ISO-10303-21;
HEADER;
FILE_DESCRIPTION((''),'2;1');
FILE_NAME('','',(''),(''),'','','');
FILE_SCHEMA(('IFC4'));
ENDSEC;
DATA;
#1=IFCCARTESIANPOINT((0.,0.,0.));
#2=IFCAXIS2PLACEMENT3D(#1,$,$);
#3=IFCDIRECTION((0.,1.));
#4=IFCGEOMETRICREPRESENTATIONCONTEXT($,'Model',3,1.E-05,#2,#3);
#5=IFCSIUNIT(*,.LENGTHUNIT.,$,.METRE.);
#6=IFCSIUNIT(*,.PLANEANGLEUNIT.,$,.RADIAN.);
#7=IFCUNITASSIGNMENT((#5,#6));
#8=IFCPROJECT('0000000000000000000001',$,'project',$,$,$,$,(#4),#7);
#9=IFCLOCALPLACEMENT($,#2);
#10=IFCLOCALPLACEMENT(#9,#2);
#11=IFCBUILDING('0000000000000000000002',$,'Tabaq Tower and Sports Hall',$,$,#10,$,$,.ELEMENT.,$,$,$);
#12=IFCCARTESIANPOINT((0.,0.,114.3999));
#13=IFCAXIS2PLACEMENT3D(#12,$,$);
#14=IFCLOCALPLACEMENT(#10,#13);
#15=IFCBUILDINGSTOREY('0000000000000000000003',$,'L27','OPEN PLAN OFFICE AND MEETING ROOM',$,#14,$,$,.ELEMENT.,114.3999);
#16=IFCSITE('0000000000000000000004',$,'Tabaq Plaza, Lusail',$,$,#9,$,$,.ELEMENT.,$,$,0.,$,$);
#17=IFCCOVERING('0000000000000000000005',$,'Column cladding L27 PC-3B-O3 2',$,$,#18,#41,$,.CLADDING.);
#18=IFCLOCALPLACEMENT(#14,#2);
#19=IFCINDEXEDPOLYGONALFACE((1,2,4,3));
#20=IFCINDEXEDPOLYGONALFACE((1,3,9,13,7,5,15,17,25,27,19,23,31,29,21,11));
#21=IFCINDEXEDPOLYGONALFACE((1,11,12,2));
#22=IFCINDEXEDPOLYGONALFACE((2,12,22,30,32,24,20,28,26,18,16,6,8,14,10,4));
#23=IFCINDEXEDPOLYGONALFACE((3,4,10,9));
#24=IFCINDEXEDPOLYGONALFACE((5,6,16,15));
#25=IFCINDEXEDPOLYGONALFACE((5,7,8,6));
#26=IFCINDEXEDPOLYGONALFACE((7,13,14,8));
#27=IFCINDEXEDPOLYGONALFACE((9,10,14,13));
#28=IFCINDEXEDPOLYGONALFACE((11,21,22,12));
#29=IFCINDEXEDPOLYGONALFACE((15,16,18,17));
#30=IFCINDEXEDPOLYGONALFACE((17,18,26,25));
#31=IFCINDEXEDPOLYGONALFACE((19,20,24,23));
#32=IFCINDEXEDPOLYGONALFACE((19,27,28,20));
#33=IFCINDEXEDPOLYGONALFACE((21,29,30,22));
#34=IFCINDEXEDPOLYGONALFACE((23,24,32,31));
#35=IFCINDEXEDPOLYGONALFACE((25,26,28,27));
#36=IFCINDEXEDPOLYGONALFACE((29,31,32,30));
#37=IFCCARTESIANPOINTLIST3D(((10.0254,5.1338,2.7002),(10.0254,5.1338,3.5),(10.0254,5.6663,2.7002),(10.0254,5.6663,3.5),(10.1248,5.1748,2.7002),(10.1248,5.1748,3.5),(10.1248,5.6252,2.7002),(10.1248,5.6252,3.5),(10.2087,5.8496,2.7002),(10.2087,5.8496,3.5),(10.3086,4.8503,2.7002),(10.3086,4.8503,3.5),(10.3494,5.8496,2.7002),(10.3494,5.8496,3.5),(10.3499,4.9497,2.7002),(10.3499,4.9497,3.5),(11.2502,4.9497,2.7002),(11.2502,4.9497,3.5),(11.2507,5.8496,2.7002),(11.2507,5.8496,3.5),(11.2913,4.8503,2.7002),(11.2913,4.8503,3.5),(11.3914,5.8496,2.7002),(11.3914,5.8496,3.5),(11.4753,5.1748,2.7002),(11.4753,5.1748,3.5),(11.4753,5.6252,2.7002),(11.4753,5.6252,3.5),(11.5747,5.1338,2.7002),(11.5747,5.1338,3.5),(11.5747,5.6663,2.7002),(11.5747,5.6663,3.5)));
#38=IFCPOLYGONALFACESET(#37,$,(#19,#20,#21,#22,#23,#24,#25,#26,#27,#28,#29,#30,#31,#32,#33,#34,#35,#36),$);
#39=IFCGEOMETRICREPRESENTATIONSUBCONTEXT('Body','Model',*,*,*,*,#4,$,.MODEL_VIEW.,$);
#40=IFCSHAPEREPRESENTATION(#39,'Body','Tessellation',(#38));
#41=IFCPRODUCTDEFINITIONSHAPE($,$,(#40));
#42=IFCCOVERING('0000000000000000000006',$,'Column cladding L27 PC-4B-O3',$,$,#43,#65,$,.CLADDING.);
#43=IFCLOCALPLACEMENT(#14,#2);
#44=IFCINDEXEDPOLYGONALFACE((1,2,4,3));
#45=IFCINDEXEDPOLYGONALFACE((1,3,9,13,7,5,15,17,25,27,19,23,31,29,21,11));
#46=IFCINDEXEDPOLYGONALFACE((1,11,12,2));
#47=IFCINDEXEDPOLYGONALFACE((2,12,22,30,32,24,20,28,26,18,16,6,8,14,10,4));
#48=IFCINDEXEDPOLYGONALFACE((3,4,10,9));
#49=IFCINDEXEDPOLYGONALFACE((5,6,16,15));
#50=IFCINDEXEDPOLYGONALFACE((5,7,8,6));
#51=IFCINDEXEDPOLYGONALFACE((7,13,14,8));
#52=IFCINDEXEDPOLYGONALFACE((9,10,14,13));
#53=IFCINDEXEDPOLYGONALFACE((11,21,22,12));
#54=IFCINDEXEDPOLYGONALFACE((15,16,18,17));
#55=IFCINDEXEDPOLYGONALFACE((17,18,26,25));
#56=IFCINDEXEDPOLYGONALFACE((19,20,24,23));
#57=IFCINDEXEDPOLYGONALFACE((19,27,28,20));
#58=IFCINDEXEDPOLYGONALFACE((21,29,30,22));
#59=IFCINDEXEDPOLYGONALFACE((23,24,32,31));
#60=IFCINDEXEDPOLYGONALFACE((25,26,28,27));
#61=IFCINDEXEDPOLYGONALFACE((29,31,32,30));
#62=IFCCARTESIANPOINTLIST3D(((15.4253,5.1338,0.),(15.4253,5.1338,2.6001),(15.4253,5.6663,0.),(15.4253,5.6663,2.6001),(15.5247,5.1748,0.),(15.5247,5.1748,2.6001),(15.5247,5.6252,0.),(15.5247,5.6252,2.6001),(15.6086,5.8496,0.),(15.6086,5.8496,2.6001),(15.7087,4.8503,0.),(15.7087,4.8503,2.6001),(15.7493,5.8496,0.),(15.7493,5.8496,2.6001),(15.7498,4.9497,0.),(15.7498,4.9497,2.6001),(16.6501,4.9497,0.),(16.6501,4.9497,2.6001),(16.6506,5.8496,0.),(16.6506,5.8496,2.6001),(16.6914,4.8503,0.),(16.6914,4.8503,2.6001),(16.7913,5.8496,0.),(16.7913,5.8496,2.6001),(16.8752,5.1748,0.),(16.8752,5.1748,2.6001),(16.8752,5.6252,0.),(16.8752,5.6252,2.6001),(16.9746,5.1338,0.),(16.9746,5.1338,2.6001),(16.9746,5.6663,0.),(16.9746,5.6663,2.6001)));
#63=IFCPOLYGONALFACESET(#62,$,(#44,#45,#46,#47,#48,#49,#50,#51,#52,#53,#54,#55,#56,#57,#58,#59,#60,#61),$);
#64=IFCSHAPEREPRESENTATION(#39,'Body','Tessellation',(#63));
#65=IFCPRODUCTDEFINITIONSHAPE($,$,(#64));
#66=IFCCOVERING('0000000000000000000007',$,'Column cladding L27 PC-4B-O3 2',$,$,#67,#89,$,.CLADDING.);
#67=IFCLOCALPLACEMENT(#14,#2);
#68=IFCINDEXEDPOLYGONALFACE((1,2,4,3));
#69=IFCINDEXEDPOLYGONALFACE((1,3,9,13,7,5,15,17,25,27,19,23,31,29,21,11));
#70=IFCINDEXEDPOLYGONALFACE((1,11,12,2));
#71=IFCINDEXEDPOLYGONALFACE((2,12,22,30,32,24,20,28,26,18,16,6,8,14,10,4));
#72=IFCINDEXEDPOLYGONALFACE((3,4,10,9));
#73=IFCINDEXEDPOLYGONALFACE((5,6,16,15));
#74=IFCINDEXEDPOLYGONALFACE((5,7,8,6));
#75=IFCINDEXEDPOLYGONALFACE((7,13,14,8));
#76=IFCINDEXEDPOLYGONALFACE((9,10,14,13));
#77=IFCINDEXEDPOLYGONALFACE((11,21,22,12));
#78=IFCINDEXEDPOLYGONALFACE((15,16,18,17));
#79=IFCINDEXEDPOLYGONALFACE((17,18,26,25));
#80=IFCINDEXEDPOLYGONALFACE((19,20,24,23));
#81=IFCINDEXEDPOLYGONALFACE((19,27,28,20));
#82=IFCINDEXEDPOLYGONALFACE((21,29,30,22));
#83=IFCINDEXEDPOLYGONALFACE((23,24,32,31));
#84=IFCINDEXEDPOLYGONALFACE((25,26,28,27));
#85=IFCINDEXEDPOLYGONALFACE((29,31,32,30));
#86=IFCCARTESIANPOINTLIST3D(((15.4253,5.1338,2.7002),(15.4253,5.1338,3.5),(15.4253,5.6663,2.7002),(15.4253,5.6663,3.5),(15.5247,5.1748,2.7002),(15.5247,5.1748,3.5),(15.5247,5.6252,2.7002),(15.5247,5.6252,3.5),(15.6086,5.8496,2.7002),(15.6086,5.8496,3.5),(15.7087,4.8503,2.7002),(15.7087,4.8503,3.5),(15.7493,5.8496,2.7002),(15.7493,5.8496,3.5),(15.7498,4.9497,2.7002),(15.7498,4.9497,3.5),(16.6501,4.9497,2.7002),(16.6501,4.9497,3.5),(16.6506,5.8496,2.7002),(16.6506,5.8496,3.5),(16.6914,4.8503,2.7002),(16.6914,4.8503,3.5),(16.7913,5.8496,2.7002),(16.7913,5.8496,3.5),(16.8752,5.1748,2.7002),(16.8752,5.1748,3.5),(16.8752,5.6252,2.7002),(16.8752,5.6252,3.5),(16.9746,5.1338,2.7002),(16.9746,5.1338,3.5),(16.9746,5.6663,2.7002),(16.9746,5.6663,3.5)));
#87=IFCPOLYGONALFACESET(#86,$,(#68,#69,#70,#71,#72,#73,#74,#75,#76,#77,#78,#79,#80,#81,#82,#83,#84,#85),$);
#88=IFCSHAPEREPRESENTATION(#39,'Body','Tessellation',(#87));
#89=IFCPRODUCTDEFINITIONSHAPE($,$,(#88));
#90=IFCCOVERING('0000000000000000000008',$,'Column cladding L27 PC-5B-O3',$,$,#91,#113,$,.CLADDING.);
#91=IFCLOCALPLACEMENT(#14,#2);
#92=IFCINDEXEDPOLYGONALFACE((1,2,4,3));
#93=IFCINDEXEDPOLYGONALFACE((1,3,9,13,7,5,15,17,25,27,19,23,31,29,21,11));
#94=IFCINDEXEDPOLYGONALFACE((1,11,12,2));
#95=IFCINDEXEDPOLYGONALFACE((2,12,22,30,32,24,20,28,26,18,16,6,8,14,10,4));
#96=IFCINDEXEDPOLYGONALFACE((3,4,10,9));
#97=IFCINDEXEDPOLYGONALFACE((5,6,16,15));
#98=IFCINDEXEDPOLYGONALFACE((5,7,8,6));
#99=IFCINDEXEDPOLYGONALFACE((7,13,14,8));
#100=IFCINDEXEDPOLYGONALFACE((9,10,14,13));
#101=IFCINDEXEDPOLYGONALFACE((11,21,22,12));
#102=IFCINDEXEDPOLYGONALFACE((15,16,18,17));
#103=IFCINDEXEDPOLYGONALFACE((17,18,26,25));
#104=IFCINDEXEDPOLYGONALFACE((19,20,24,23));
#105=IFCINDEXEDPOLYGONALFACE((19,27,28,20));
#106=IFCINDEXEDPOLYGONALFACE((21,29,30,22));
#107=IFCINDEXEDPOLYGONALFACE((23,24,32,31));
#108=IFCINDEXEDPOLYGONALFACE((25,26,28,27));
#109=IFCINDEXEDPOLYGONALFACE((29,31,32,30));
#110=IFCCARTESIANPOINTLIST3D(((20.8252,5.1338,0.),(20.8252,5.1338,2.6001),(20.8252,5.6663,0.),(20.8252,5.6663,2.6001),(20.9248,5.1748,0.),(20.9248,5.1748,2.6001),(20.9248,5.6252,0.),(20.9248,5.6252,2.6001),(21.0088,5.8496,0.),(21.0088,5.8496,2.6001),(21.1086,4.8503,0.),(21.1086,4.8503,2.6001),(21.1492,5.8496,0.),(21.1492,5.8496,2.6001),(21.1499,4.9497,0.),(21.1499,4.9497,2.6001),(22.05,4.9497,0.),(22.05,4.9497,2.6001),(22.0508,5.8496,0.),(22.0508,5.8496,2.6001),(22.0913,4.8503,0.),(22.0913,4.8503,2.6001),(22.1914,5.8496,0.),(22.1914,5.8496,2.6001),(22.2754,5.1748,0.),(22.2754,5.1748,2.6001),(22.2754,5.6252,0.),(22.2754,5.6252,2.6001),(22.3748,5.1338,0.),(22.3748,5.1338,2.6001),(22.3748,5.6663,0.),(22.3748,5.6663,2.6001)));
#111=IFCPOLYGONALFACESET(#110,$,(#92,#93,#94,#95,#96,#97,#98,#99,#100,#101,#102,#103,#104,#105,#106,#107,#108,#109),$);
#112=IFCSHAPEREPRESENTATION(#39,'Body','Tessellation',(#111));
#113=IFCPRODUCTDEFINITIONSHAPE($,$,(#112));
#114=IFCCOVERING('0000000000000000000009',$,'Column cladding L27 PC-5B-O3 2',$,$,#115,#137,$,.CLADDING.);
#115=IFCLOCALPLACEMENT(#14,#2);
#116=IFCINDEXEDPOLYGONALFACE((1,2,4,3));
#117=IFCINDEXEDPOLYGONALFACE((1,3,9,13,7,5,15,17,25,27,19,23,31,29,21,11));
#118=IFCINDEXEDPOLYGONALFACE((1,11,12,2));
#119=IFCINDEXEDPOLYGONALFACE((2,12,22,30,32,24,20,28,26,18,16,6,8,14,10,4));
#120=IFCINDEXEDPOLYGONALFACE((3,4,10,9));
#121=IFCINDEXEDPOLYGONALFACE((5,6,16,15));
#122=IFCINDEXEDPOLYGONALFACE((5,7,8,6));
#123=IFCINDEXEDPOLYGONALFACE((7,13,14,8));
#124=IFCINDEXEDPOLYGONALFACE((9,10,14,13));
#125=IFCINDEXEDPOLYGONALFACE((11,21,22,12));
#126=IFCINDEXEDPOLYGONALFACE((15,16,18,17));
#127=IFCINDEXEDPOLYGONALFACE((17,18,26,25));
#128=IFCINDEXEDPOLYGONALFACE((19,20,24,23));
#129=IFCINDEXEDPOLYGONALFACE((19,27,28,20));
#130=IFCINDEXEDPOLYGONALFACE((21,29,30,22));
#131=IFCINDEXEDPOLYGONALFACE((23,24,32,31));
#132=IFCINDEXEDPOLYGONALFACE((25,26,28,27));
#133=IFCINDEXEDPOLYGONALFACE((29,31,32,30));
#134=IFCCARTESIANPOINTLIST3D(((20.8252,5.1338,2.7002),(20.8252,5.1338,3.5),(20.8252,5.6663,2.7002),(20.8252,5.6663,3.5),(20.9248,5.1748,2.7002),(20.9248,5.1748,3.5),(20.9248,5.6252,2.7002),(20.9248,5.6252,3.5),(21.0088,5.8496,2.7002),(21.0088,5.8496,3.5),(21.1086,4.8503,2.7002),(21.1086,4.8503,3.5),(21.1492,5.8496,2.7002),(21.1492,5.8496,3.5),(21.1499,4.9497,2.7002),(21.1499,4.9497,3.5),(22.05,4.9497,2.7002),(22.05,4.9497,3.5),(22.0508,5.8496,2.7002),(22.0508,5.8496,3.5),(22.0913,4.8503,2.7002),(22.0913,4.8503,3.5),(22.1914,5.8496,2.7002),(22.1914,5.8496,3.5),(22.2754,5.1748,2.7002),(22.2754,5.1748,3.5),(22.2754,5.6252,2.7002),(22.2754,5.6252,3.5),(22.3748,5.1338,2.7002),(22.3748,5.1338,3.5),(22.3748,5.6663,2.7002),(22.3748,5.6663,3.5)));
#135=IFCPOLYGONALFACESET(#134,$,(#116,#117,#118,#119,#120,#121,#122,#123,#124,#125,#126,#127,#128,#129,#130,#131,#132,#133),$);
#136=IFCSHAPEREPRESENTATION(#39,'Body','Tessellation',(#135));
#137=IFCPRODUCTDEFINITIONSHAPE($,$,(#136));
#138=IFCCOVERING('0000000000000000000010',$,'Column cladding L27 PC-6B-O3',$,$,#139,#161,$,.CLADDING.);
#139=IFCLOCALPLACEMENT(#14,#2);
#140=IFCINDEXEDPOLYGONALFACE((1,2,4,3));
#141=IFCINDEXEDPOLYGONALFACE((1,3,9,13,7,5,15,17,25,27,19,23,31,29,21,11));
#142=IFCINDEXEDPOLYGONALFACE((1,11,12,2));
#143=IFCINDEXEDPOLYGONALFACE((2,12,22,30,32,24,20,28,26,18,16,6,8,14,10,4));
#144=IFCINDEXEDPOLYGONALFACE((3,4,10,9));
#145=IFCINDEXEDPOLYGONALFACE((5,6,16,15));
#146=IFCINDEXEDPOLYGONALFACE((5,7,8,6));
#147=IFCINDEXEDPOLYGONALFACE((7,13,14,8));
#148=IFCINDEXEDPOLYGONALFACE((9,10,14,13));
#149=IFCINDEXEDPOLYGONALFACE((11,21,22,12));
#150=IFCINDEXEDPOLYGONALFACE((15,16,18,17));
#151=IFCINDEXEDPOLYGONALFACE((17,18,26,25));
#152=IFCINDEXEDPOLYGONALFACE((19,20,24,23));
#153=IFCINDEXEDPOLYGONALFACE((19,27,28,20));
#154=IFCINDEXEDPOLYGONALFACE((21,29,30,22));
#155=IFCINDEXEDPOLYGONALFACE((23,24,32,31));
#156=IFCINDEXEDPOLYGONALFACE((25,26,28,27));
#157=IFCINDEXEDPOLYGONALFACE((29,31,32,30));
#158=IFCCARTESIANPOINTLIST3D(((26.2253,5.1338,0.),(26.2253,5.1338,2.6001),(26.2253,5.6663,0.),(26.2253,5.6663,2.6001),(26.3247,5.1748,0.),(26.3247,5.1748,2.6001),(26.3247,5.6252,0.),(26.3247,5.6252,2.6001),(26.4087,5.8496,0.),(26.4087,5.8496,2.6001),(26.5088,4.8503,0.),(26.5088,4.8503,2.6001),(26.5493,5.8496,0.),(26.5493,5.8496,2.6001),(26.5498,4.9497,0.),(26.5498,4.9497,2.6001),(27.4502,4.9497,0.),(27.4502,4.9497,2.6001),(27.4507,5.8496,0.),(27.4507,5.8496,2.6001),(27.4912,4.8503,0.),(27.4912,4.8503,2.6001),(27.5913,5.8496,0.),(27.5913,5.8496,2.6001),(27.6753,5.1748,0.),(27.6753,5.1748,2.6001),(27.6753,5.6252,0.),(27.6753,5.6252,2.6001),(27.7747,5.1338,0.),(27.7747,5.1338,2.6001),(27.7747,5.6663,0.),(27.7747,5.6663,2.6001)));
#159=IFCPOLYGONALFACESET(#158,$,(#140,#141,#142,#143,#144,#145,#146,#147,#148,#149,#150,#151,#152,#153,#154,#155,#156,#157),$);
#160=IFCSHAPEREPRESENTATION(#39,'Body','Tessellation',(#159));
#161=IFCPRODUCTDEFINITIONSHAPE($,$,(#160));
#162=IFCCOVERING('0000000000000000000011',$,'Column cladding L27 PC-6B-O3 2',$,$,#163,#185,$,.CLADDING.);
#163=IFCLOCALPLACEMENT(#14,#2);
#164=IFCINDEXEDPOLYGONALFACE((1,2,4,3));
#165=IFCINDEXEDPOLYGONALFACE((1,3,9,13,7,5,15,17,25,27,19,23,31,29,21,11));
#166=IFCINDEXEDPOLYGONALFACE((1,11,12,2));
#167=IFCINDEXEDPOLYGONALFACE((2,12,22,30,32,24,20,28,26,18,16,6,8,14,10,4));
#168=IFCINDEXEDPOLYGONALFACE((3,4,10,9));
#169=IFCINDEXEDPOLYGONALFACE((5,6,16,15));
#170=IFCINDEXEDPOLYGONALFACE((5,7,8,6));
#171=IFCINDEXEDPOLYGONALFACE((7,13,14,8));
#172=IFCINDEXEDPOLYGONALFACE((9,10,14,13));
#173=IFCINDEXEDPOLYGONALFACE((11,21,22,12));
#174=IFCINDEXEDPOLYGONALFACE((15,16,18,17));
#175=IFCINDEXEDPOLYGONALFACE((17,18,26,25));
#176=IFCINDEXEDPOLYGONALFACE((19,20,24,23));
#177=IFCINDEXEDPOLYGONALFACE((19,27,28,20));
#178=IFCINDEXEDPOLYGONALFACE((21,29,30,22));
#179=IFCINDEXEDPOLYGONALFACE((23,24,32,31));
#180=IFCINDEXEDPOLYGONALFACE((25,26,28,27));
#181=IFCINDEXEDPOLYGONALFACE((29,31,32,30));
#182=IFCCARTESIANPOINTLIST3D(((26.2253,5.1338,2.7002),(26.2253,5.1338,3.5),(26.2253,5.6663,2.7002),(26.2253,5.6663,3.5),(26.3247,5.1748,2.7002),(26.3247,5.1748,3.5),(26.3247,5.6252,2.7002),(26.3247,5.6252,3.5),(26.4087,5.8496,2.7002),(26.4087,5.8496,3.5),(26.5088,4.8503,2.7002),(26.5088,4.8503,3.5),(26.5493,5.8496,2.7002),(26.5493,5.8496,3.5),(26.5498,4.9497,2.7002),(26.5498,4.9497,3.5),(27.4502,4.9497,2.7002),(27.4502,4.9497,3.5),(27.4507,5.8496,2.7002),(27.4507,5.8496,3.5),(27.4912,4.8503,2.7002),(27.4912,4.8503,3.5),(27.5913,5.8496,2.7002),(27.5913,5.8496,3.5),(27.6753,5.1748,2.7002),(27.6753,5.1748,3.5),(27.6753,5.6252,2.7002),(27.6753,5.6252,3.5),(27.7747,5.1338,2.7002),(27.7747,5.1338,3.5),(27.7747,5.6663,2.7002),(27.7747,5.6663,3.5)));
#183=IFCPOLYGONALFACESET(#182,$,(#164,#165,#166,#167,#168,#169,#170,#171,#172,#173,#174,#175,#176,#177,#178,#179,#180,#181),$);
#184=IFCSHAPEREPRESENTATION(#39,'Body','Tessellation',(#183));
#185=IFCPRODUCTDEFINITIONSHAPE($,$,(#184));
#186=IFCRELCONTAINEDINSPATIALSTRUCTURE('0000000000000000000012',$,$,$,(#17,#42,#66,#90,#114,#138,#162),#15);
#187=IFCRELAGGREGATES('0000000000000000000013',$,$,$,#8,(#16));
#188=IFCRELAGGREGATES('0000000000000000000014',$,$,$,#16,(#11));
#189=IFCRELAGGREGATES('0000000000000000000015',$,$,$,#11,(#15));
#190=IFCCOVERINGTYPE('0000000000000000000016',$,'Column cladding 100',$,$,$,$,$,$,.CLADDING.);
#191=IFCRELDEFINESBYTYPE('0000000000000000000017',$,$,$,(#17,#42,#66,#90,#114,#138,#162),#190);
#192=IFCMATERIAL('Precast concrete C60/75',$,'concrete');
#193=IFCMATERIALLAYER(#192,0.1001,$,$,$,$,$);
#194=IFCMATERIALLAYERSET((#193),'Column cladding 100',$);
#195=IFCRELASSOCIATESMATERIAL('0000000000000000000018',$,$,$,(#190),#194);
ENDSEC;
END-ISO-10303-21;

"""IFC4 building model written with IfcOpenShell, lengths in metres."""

from ifc_helpers import new_model, si_unit, direction, frame, origin, place, context, subcontext, project, spatial, polyline, outline, extrude, material, layer, layer_set, type_object, element, save


model = new_model("IFC4")

# Units and contexts
model_context = context("Model", 3, precision=1e-05, world=origin(), true_north=direction((0.0, 1.0)))
body_context = subcontext(model_context, "Body", "Model", "MODEL_VIEW")
ifc_project = project(units=[si_unit("LENGTHUNIT", "METRE"), si_unit("PLANEANGLEUNIT", "RADIAN")], contexts=[model_context])

# Site, building, storey
site_placement = place(None, origin())
site = spatial("IfcSite", under=ifc_project, at=site_placement, Name="Tabaq Plaza, Lusail", CompositionType="ELEMENT", RefElevation=0.0)
building_placement = place(site_placement, origin())
building = spatial("IfcBuilding", under=site, at=building_placement, Name="Tabaq Tower and Sports Hall", CompositionType="ELEMENT")
storey_placement = place(building_placement, frame((0.0, 0.0, 114.3999)))
storey = spatial("IfcBuildingStorey", under=building, at=storey_placement, Name="L27", Description="OPEN PLAN OFFICE AND MEETING ROOM", CompositionType="ELEMENT", Elevation=114.3999)

# Coverings
ifc_material_1 = material(Name="Precast concrete C60/75", Category="concrete")
ifc_layer_1 = layer(ifc_material_1, 0.1001)
ifc_layer_set_1 = layer_set([ifc_layer_1], Name="Column cladding 100")
covering_type = type_object("IfcCoveringType", Name="Column cladding 100", PredefinedType="CLADDING", material=ifc_layer_set_1)
covering_1_placement = place(storey_placement, frame((0.0, 0.0, 2.7002)))
element("IfcCovering", 1, at=covering_1_placement, inside=storey, type_object=covering_type, Name="Column cladding L27 PC-3B-O3 2", PredefinedType="CLADDING", context=body_context, shape_type="SweptSolid", body=[
    extrude(outline(polyline([(10.0254, 5.6663), (10.2087, 5.8496), (10.3494, 5.8496), (10.1248, 5.6252), (10.1248, 5.1748), (10.3499, 4.9497), (11.2502, 4.9497), (11.4753, 5.1748), (11.4753, 5.6252), (11.2507, 5.8496), (11.3914, 5.8496), (11.5747, 5.6663), (11.5747, 5.1338), (11.2913, 4.8503), (10.3086, 4.8503), (10.0254, 5.1338), (10.0254, 5.6663)])), origin(), (0.0, 0.0, 1.0), 0.7998),
])
covering_2_placement = place(storey_placement, origin())
element("IfcCovering", 2, at=covering_2_placement, inside=storey, type_object=covering_type, Name="Column cladding L27 PC-4B-O3", PredefinedType="CLADDING", context=body_context, shape_type="SweptSolid", body=[
    extrude(outline(polyline([(15.4253, 5.6663), (15.6086, 5.8496), (15.7493, 5.8496), (15.5247, 5.6252), (15.5247, 5.1748), (15.7498, 4.9497), (16.6501, 4.9497), (16.8752, 5.1748), (16.8752, 5.6252), (16.6506, 5.8496), (16.7913, 5.8496), (16.9746, 5.6663), (16.9746, 5.1338), (16.6914, 4.8503), (15.7087, 4.8503), (15.4253, 5.1338), (15.4253, 5.6663)])), origin(), (0.0, 0.0, 1.0), 2.6001),
])
covering_3_placement = place(storey_placement, frame((0.0, 0.0, 2.7002)))
element("IfcCovering", 3, at=covering_3_placement, inside=storey, type_object=covering_type, Name="Column cladding L27 PC-4B-O3 2", PredefinedType="CLADDING", context=body_context, shape_type="SweptSolid", body=[
    extrude(outline(polyline([(15.4253, 5.6663), (15.6086, 5.8496), (15.7493, 5.8496), (15.5247, 5.6252), (15.5247, 5.1748), (15.7498, 4.9497), (16.6501, 4.9497), (16.8752, 5.1748), (16.8752, 5.6252), (16.6506, 5.8496), (16.7913, 5.8496), (16.9746, 5.6663), (16.9746, 5.1338), (16.6914, 4.8503), (15.7087, 4.8503), (15.4253, 5.1338), (15.4253, 5.6663)])), origin(), (0.0, 0.0, 1.0), 0.7998),
])
covering_4_placement = place(storey_placement, origin())
element("IfcCovering", 4, at=covering_4_placement, inside=storey, type_object=covering_type, Name="Column cladding L27 PC-5B-O3", PredefinedType="CLADDING", context=body_context, shape_type="SweptSolid", body=[
    extrude(outline(polyline([(20.8252, 5.6663), (21.0088, 5.8496), (21.1492, 5.8496), (20.9248, 5.6252), (20.9248, 5.1748), (21.1499, 4.9497), (22.05, 4.9497), (22.2754, 5.1748), (22.2754, 5.6252), (22.0508, 5.8496), (22.1914, 5.8496), (22.3748, 5.6663), (22.3748, 5.1338), (22.0913, 4.8503), (21.1086, 4.8503), (20.8252, 5.1338), (20.8252, 5.6663)])), origin(), (0.0, 0.0, 1.0), 2.6001),
])
covering_5_placement = place(storey_placement, frame((0.0, 0.0, 2.7002)))
element("IfcCovering", 5, at=covering_5_placement, inside=storey, type_object=covering_type, Name="Column cladding L27 PC-5B-O3 2", PredefinedType="CLADDING", context=body_context, shape_type="SweptSolid", body=[
    extrude(outline(polyline([(20.8252, 5.6663), (21.0088, 5.8496), (21.1492, 5.8496), (20.9248, 5.6252), (20.9248, 5.1748), (21.1499, 4.9497), (22.05, 4.9497), (22.2754, 5.1748), (22.2754, 5.6252), (22.0508, 5.8496), (22.1914, 5.8496), (22.3748, 5.6663), (22.3748, 5.1338), (22.0913, 4.8503), (21.1086, 4.8503), (20.8252, 5.1338), (20.8252, 5.6663)])), origin(), (0.0, 0.0, 1.0), 0.7998),
])
covering_6_placement = place(storey_placement, origin())
element("IfcCovering", 6, at=covering_6_placement, inside=storey, type_object=covering_type, Name="Column cladding L27 PC-6B-O3", PredefinedType="CLADDING", context=body_context, shape_type="SweptSolid", body=[
    extrude(outline(polyline([(26.2253, 5.6663), (26.4087, 5.8496), (26.5493, 5.8496), (26.3247, 5.6252), (26.3247, 5.1748), (26.5498, 4.9497), (27.4502, 4.9497), (27.6753, 5.1748), (27.6753, 5.6252), (27.4507, 5.8496), (27.5913, 5.8496), (27.7747, 5.6663), (27.7747, 5.1338), (27.4912, 4.8503), (26.5088, 4.8503), (26.2253, 5.1338), (26.2253, 5.6663)])), origin(), (0.0, 0.0, 1.0), 2.6001),
])
covering_7_placement = place(storey_placement, frame((0.0, 0.0, 2.7002)))
element("IfcCovering", 7, at=covering_7_placement, inside=storey, type_object=covering_type, Name="Column cladding L27 PC-6B-O3 2", PredefinedType="CLADDING", context=body_context, shape_type="SweptSolid", body=[
    extrude(outline(polyline([(26.2253, 5.6663), (26.4087, 5.8496), (26.5493, 5.8496), (26.3247, 5.6252), (26.3247, 5.1748), (26.5498, 4.9497), (27.4502, 4.9497), (27.6753, 5.1748), (27.6753, 5.6252), (27.4507, 5.8496), (27.5913, 5.8496), (27.7747, 5.6663), (27.7747, 5.1338), (27.4912, 4.8503), (26.5088, 4.8503), (26.2253, 5.1338), (26.2253, 5.6663)])), origin(), (0.0, 0.0, 1.0), 0.7998),
])

save(model, "model.ifc")
